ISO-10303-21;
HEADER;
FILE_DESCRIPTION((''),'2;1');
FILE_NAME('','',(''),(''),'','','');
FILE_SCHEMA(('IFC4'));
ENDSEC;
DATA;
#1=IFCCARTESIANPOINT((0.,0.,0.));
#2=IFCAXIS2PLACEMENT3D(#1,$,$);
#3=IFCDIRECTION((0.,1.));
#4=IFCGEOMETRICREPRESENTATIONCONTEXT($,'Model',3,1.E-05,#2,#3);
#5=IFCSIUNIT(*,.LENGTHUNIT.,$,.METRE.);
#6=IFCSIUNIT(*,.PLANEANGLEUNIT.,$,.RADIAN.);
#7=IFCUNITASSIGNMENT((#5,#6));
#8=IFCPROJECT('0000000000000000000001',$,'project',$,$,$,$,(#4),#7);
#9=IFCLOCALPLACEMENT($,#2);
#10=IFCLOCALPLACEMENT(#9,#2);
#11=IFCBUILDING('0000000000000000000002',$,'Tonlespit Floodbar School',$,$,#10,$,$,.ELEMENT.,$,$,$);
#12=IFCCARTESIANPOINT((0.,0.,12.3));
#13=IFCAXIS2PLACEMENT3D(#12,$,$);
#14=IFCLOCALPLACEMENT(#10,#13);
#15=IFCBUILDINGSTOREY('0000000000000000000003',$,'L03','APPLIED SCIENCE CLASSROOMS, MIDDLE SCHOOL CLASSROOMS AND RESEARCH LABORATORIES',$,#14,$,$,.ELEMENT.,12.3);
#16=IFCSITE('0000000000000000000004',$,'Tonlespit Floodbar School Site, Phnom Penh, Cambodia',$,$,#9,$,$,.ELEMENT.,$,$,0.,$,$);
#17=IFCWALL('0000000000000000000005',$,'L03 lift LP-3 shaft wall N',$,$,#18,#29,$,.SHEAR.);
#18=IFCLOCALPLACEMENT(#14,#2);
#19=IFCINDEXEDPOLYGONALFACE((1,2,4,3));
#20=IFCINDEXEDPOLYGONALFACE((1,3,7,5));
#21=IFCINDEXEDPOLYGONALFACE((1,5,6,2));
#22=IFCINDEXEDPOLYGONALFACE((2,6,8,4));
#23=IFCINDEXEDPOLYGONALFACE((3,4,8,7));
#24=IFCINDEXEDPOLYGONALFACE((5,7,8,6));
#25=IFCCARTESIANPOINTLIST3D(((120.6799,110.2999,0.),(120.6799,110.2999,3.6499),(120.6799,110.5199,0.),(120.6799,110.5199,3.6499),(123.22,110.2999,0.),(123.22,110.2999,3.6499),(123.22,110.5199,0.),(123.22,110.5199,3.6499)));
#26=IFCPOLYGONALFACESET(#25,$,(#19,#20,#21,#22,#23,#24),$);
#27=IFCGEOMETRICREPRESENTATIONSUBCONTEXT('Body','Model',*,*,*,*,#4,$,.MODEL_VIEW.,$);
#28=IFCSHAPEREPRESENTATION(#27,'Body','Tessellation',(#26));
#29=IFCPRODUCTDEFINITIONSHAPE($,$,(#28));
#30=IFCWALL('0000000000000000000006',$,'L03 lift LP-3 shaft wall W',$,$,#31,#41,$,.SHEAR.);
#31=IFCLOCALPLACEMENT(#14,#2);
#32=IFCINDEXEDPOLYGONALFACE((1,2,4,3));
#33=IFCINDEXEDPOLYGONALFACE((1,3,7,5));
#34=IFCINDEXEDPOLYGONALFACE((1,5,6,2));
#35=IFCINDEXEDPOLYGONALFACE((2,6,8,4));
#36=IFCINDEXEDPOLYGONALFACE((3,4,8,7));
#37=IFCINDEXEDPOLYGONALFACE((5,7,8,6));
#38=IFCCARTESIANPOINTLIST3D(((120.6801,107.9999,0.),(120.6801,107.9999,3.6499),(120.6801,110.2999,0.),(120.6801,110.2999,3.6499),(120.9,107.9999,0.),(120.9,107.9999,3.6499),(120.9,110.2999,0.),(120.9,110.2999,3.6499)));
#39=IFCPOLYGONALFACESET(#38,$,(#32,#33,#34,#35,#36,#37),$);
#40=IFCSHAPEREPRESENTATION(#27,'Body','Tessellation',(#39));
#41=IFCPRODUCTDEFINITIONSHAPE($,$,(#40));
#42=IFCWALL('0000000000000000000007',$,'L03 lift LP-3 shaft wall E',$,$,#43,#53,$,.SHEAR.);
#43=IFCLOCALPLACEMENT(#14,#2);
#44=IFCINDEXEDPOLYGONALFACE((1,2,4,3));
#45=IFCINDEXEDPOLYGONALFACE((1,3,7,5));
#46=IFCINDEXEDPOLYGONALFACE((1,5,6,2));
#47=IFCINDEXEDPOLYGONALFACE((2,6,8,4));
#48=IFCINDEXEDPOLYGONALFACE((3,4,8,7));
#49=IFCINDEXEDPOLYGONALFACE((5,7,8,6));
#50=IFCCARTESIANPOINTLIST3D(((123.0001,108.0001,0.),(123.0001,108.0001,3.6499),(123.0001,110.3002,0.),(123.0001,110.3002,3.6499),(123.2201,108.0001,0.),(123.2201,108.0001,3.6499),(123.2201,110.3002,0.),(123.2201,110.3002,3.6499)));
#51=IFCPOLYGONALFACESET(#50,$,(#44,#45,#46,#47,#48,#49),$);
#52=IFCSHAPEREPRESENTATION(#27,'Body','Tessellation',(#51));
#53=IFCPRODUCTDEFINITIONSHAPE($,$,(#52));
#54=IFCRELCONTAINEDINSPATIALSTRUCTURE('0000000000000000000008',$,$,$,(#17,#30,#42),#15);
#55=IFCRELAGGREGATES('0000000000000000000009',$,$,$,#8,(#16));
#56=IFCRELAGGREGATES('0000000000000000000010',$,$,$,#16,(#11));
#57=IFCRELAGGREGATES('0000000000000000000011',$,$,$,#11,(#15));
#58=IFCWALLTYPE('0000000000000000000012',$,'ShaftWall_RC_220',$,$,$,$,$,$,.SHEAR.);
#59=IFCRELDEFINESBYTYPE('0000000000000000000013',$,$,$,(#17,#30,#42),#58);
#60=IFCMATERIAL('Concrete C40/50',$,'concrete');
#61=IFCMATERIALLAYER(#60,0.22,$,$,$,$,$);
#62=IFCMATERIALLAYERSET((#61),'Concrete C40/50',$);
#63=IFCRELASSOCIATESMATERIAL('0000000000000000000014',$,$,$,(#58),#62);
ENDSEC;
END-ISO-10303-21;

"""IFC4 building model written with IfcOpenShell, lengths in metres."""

from ifc_helpers import new_model, si_unit, direction, frame, frame_2d, origin, place, context, subcontext, project, spatial, rectangle, extrude, material, layer, layer_set, type_object, element, save


model = new_model("IFC4")

# Units and contexts
model_context = context("Model", 3, precision=1e-05, world=origin(), true_north=direction((0.0, 1.0)))
body_context = subcontext(model_context, "Body", "Model", "MODEL_VIEW")
ifc_project = project(units=[si_unit("LENGTHUNIT", "METRE"), si_unit("PLANEANGLEUNIT", "RADIAN")], contexts=[model_context])

# Site, building, storey
site_placement = place(None, origin())
site = spatial("IfcSite", under=ifc_project, at=site_placement, Name="Tonlespit Floodbar School Site, Phnom Penh, Cambodia", CompositionType="ELEMENT", RefElevation=0.0)
building_placement = place(site_placement, origin())
building = spatial("IfcBuilding", under=site, at=building_placement, Name="Tonlespit Floodbar School", CompositionType="ELEMENT")
storey_placement = place(building_placement, frame((0.0, 0.0, 12.3)))
storey = spatial("IfcBuildingStorey", under=building, at=storey_placement, Name="L03", Description="APPLIED SCIENCE CLASSROOMS, MIDDLE SCHOOL CLASSROOMS AND RESEARCH LABORATORIES", CompositionType="ELEMENT", Elevation=12.3)

# Shared definitions
ifc_material_1 = material(Name="Concrete C40/50", Category="concrete")
ifc_layer_1 = layer(ifc_material_1, 0.22)
ifc_layer_set_1 = layer_set([ifc_layer_1], Name="Concrete C40/50")
wall_type_1 = type_object("IfcWallType", Name="ShaftWall_RC_220", PredefinedType="SHEAR", material=ifc_layer_set_1)

# Walls
wall_1_placement = place(storey_placement, frame((120.6799, 110.4099, 0.0), z_axis=(0.0, 0.0, 1.0), x_axis=(1.0, 0.0, 0.0)))
element("IfcWall", 1, at=wall_1_placement, inside=storey, type_object=wall_type_1, Name="L03 lift LP-3 shaft wall N", PredefinedType="SHEAR", context=body_context, shape_type="SweptSolid", body=[
    extrude(rectangle(XDim=2.54, YDim=0.22, at=frame_2d((1.27, 0.0))), origin(), (0.0, 0.0, 1.0), 3.6499),
])
for number, where, z_axis, x_axis, name in (
    (2, (120.79, 108.0, 0.0), (0.0, 0.0, 1.0), (0.0, 1.0, 0.0), "L03 lift LP-3 shaft wall W"),
    (3, (123.1101, 110.3, 0.0), (0.0, 0.0, 1.0), (0.0, -1.0, 0.0), "L03 lift LP-3 shaft wall E"),
):
    element("IfcWall", number, at=place(storey_placement, frame(where, z_axis=z_axis, x_axis=x_axis)), inside=storey, type_object=wall_type_1, Name=name, PredefinedType="SHEAR", context=body_context, shape_type="SweptSolid", body=[
        extrude(rectangle(XDim=2.3, YDim=0.22, at=frame_2d((1.1499, 0.0))), origin(), (0.0, 0.0, 1.0), 3.6499),
    ])

save(model, "model.ifc")
